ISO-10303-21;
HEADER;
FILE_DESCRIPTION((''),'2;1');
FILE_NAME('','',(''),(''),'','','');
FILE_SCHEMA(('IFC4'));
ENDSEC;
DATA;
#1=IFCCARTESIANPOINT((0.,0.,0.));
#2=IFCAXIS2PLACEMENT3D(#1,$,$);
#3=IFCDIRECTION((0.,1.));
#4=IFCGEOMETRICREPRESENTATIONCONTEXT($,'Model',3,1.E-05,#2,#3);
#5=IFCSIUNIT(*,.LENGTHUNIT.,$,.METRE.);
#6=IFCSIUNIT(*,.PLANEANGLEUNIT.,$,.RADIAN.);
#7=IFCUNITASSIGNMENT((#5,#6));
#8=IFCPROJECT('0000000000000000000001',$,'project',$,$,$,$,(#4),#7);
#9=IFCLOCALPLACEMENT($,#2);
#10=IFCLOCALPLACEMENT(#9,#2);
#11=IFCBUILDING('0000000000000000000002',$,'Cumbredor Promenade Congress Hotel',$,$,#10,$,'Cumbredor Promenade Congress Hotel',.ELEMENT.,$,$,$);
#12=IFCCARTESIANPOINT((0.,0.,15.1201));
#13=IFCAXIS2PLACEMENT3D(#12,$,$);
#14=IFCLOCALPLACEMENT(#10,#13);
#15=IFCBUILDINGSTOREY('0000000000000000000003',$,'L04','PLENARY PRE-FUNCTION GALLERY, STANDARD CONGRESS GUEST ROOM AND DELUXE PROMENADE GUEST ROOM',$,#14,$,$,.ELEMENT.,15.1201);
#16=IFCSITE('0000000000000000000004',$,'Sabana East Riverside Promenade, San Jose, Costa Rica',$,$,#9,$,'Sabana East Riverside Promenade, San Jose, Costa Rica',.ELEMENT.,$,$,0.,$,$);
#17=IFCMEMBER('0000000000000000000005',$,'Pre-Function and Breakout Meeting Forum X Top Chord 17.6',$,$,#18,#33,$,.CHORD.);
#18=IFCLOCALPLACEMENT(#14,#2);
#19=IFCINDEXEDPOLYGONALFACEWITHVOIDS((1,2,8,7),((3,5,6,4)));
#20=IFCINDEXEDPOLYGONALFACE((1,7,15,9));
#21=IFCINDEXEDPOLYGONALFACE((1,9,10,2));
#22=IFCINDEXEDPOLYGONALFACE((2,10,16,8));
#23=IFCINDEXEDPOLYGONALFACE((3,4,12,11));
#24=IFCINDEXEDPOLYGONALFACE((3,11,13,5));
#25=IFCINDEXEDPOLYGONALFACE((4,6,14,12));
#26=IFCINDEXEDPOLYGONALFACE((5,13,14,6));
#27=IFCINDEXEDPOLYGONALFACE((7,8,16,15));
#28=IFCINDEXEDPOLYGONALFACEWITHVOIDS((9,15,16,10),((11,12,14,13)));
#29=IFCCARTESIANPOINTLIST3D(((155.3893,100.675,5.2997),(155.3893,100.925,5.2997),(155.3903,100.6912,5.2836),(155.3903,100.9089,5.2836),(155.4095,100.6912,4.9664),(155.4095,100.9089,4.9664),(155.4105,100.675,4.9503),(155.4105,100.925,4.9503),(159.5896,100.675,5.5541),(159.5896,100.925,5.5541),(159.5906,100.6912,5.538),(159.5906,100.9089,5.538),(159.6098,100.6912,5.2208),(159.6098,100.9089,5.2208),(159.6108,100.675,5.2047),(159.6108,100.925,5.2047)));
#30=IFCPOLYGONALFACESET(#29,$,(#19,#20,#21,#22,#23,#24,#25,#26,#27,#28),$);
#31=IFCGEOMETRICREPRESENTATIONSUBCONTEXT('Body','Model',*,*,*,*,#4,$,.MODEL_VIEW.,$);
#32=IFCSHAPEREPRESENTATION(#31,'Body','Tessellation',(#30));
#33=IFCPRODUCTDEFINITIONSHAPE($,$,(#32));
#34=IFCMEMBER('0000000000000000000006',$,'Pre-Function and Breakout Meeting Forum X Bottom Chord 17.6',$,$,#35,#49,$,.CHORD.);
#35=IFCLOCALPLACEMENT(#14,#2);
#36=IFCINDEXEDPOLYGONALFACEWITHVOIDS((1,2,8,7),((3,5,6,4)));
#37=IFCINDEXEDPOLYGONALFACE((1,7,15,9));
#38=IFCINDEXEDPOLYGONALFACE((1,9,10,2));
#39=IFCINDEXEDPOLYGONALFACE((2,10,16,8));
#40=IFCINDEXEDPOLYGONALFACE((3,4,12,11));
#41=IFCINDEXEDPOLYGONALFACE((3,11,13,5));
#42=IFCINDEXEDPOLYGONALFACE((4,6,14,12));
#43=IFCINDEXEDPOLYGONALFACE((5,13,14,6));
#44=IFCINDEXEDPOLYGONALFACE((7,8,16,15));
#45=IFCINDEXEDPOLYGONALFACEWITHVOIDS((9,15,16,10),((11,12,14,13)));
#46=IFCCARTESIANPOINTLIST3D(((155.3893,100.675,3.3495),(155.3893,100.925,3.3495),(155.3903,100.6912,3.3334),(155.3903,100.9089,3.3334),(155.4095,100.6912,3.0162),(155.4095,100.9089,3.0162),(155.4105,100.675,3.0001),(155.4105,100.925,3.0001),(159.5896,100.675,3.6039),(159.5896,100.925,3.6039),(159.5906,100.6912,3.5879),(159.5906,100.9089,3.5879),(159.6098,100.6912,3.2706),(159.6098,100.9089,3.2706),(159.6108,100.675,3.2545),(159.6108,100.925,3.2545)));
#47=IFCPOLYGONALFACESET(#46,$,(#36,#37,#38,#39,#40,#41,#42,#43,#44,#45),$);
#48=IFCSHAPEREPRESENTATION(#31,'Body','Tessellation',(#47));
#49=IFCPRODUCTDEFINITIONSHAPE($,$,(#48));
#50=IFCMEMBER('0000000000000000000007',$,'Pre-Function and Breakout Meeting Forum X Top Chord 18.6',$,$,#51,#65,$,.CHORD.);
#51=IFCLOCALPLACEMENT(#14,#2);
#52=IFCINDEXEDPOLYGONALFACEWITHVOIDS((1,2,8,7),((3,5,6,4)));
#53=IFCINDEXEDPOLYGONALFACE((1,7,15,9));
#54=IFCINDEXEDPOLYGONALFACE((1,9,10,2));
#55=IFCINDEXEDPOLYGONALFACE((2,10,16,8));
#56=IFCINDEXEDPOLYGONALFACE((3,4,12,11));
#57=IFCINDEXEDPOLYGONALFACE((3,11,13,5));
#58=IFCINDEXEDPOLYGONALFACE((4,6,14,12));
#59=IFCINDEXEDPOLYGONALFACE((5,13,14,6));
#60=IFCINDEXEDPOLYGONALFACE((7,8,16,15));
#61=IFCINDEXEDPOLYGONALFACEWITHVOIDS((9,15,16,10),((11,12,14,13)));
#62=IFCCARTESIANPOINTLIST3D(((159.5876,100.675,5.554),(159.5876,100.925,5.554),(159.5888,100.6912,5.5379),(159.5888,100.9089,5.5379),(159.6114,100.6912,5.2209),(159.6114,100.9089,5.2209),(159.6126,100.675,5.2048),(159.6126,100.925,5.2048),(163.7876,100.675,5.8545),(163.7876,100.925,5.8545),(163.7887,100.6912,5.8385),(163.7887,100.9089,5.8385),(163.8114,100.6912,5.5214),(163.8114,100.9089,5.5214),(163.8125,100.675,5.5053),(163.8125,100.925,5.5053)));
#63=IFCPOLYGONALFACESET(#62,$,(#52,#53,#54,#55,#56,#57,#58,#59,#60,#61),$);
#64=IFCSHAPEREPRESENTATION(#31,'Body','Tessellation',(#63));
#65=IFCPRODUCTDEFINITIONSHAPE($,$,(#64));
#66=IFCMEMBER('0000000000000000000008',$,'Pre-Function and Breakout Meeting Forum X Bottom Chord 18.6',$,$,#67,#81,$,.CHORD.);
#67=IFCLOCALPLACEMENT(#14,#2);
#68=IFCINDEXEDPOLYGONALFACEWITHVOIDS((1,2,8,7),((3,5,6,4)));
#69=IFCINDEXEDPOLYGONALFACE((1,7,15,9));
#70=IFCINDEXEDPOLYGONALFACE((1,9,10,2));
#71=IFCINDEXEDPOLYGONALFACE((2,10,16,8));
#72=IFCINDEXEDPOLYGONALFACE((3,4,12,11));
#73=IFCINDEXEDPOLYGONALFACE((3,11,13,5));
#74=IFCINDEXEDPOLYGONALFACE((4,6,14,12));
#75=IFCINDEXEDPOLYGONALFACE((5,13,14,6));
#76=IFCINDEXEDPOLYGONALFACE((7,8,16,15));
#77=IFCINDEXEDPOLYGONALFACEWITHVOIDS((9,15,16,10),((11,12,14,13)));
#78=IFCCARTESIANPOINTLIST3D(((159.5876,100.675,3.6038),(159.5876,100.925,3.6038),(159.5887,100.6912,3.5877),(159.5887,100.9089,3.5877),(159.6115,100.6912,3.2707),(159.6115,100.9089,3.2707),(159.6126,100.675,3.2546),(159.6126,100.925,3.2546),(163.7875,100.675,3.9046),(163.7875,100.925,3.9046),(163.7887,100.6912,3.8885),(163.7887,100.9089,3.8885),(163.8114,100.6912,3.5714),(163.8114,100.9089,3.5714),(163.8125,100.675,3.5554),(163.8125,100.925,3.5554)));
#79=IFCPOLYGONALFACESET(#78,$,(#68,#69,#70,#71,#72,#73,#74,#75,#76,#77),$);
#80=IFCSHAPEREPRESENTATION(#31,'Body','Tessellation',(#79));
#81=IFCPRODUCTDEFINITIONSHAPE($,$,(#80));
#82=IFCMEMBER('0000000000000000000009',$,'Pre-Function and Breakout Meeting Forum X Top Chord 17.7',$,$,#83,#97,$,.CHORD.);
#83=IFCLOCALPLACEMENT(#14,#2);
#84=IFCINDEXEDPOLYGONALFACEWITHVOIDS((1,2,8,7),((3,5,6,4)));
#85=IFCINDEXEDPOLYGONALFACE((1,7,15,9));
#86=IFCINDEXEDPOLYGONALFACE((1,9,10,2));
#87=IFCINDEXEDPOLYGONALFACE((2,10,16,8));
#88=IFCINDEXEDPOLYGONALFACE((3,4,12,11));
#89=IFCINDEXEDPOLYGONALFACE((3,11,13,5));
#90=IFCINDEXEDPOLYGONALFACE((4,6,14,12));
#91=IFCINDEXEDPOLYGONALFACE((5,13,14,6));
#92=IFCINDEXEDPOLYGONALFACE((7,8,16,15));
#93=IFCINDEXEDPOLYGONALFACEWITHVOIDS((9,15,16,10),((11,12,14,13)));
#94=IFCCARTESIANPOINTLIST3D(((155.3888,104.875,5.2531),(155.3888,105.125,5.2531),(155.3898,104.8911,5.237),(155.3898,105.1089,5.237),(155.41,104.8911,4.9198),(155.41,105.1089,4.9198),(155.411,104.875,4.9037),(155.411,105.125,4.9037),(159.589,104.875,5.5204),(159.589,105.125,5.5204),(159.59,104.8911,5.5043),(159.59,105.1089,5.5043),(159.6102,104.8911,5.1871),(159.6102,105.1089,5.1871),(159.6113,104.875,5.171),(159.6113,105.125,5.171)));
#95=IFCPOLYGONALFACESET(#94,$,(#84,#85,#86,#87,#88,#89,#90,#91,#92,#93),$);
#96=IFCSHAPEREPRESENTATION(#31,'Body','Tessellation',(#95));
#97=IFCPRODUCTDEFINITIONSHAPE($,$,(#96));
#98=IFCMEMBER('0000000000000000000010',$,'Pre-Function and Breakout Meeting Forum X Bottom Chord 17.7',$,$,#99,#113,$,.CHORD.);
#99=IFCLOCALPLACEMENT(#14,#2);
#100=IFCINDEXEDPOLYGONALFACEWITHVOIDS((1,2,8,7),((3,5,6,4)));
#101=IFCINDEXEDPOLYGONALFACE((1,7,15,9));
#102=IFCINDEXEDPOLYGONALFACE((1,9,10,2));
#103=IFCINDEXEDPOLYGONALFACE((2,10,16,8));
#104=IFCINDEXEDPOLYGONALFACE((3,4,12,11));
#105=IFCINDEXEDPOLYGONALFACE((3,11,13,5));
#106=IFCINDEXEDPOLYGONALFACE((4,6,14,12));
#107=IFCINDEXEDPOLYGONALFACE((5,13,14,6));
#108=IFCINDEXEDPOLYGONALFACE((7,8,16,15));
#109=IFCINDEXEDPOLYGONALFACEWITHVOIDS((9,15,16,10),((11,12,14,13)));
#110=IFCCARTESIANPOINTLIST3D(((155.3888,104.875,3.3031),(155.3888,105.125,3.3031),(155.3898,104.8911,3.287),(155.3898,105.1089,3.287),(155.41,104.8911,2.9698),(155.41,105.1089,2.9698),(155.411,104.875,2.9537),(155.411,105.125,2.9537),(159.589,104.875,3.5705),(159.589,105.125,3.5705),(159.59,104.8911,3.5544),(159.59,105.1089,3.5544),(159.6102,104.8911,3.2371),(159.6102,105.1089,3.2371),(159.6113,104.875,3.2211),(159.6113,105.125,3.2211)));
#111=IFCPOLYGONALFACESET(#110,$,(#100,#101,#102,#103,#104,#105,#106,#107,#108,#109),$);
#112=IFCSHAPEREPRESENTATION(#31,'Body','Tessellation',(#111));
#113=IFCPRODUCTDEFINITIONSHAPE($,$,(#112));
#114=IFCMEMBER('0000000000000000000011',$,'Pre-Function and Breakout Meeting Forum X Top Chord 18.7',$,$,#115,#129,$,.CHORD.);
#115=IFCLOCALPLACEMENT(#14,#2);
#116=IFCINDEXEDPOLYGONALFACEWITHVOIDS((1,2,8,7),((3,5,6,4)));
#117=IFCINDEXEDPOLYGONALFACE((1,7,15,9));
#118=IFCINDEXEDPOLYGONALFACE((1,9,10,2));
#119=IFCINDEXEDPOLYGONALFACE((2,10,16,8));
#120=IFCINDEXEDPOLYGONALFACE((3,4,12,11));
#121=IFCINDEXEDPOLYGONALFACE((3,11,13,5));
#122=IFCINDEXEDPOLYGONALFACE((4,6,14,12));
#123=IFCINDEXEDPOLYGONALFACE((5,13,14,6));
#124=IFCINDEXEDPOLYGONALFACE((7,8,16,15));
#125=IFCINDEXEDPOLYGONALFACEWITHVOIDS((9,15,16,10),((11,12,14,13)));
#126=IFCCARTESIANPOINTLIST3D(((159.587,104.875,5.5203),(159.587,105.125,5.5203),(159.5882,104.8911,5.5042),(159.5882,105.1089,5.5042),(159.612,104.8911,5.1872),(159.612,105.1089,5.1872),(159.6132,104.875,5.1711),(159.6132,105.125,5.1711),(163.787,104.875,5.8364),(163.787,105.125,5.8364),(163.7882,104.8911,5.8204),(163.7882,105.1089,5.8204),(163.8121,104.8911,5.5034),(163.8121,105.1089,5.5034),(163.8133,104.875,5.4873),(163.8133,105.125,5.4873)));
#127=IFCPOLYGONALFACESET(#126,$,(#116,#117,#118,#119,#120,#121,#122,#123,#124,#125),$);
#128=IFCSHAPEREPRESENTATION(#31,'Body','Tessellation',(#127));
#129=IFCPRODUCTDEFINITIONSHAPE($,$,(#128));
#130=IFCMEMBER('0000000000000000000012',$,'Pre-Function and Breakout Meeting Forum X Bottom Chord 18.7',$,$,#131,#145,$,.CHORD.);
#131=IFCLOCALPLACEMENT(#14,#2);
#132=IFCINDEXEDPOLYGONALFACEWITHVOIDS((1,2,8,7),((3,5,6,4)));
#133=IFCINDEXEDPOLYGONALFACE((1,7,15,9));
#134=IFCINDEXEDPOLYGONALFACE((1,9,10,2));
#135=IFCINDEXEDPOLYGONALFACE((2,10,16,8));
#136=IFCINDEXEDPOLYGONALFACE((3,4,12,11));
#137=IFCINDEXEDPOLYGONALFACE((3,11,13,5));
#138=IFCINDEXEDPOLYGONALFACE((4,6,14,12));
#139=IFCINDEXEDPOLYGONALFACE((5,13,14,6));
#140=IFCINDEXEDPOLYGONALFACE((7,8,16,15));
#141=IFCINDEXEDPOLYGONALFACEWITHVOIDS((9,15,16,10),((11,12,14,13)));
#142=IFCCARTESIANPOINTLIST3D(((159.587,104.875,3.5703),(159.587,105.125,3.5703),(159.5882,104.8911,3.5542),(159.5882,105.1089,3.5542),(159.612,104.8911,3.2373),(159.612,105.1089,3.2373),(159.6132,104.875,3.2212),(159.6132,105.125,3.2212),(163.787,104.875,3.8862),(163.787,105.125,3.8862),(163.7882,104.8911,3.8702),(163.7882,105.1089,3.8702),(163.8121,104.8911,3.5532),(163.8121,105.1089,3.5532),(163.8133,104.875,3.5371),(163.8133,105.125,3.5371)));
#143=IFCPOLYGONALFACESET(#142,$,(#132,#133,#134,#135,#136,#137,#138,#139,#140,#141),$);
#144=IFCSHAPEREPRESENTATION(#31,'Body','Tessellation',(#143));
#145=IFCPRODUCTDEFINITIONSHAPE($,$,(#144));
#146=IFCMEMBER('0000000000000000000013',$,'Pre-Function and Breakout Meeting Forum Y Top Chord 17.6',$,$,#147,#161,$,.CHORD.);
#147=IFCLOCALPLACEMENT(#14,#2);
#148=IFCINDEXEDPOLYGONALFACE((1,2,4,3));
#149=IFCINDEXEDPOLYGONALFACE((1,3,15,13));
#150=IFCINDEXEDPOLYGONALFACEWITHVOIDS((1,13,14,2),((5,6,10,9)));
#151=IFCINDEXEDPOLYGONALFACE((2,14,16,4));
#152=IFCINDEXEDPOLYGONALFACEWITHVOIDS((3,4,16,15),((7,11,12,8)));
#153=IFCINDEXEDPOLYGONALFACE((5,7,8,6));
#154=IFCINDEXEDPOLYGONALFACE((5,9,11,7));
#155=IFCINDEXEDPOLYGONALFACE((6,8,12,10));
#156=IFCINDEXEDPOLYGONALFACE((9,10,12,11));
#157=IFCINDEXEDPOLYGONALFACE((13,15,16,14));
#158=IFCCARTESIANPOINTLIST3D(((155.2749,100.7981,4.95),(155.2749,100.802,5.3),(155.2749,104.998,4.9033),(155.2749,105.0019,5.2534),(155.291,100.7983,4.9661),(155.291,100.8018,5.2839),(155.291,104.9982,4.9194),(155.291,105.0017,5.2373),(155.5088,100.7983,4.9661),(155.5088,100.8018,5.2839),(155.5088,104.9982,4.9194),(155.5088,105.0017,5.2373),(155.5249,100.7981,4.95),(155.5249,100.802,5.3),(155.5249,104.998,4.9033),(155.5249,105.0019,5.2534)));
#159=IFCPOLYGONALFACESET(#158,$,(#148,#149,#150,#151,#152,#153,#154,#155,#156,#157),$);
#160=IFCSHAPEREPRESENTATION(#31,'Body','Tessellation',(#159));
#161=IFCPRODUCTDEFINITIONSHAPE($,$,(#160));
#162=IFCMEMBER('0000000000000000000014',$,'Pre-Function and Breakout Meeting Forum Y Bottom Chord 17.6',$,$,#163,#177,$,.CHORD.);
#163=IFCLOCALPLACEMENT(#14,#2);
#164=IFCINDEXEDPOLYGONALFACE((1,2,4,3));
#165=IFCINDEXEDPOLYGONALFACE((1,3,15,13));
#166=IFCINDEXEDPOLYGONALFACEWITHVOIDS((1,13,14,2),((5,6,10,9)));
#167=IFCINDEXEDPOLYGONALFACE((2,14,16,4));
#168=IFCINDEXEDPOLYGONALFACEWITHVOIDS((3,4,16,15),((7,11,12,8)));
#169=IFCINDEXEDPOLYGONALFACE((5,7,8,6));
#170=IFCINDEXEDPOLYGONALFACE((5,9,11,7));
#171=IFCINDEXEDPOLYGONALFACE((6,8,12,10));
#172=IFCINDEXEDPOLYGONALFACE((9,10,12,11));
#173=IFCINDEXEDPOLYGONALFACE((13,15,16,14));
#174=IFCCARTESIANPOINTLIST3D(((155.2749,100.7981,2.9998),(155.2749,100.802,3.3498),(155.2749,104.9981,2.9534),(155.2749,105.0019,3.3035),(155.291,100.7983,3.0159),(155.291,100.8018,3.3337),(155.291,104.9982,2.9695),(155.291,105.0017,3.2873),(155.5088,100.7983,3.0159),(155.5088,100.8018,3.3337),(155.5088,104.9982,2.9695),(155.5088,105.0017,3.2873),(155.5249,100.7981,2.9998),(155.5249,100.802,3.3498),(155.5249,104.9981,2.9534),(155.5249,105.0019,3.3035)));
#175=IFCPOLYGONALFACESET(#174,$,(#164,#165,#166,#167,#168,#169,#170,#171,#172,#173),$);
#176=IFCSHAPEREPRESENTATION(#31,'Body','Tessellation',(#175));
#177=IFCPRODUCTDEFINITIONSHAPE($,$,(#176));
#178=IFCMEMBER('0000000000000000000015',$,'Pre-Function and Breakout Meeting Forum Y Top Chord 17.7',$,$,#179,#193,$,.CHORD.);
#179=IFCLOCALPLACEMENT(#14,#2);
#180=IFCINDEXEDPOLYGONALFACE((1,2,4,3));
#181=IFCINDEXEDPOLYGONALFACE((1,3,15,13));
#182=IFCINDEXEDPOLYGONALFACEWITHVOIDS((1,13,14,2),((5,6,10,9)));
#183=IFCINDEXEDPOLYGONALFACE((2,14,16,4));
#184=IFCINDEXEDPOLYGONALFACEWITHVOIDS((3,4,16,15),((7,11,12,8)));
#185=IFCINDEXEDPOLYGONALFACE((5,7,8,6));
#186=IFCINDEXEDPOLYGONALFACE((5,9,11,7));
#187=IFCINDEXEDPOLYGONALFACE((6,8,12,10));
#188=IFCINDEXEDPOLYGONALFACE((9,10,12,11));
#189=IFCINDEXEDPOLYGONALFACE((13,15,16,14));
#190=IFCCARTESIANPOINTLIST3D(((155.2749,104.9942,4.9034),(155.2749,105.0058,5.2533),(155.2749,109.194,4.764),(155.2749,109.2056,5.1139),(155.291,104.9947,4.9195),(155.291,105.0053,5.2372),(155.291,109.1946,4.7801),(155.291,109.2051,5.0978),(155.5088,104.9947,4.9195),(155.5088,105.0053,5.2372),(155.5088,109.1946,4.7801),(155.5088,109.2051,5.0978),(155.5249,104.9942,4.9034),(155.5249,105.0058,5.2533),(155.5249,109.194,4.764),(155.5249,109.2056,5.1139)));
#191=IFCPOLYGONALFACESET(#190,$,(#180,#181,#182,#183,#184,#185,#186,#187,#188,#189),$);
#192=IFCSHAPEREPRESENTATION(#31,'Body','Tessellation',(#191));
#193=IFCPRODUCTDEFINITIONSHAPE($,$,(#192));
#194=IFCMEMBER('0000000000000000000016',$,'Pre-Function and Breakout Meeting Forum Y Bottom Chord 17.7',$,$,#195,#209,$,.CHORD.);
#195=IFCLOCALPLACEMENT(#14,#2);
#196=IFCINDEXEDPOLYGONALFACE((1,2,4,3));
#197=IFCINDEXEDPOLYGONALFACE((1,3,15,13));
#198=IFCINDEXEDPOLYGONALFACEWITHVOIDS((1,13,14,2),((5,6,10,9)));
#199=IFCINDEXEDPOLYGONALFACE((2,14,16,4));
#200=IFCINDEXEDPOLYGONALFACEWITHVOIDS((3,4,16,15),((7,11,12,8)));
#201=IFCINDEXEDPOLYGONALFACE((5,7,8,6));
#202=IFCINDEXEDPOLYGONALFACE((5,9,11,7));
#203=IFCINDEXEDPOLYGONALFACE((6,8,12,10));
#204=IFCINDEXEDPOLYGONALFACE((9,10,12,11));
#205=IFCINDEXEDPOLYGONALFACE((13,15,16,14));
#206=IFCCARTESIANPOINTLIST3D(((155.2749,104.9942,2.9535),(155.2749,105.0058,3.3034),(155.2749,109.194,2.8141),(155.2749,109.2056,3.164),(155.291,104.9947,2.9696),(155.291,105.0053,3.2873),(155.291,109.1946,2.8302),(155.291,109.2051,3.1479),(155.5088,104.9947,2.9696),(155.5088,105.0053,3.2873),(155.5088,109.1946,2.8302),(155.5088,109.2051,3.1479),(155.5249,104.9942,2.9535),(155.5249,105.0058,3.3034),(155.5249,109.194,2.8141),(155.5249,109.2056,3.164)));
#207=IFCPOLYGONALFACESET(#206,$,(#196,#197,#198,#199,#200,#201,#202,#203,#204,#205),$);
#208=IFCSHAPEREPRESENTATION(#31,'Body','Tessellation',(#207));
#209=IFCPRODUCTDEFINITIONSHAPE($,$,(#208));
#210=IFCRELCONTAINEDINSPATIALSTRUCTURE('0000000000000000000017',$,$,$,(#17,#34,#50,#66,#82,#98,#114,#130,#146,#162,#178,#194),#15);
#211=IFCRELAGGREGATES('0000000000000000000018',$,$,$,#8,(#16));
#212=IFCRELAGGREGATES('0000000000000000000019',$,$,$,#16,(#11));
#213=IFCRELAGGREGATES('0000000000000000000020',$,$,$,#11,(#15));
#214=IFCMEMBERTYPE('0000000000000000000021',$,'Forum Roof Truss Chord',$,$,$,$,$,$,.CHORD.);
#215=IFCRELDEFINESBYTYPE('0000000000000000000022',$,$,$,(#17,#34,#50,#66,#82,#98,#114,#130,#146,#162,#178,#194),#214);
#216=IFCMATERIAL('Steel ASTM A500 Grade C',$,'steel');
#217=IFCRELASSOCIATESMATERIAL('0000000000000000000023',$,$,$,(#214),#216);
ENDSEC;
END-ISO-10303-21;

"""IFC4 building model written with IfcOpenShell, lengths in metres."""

from ifc_helpers import new_model, si_unit, direction, frame, origin, origin_2d, place, context, subcontext, project, spatial, hollow_rectangle, extrude, material, material_profile, profile_set, type_object, element, save


model = new_model("IFC4")

# Units and contexts
model_context = context("Model", 3, precision=1e-05, world=origin(), true_north=direction((0.0, 1.0)))
body_context = subcontext(model_context, "Body", "Model", "MODEL_VIEW")
ifc_project = project(units=[si_unit("LENGTHUNIT", "METRE"), si_unit("PLANEANGLEUNIT", "RADIAN")], contexts=[model_context])

# Site, building, storey
site_placement = place(None, origin())
site = spatial("IfcSite", under=ifc_project, at=site_placement, Name="Sabana East Riverside Promenade, San Jose, Costa Rica", LongName="Sabana East Riverside Promenade, San Jose, Costa Rica", CompositionType="ELEMENT", RefElevation=0.0)
building_placement = place(site_placement, origin())
building = spatial("IfcBuilding", under=site, at=building_placement, Name="Cumbredor Promenade Congress Hotel", LongName="Cumbredor Promenade Congress Hotel", CompositionType="ELEMENT")
storey_placement = place(building_placement, frame((0.0, 0.0, 15.1201)))
storey = spatial("IfcBuildingStorey", under=building, at=storey_placement, Name="L04", Description="PLENARY PRE-FUNCTION GALLERY, STANDARD CONGRESS GUEST ROOM AND DELUXE PROMENADE GUEST ROOM", CompositionType="ELEMENT", Elevation=15.1201)

# Members
ifc_material_1 = material(Name="Steel ASTM A500 Grade C", Category="steel")
ifc_material_profile_1 = material_profile(ifc_material_1, hollow_rectangle(XDim=0.25, YDim=0.3501, WallThickness=0.0161, at=origin_2d()), Name="HSS 350x250x16")
ifc_profile_set_1 = profile_set([ifc_material_profile_1], Name="Steel ASTM A500 Grade C")
member_type_1 = type_object("IfcMemberType", Name="Forum Roof Truss Chord", PredefinedType="CHORD", material=ifc_profile_set_1)
for number, where, z_axis, x_axis, name in (
    (1, (155.3999, 100.8, 5.125), (0.998171, 0.0, 0.060457), (0.0, 1.0, 0.0), "Pre-Function and Breakout Meeting Forum X Top Chord 17.6"),
    (2, (155.3999, 100.8, 3.1748), (0.998171, 0.0, 0.060457), (0.0, 1.0, 0.0), "Pre-Function and Breakout Meeting Forum X Bottom Chord 17.6"),
):
    element("IfcMember", number, at=place(storey_placement, frame(where, z_axis=z_axis, x_axis=x_axis)), inside=storey, type_object=member_type_1, Name=name, PredefinedType="CHORD", context=body_context, shape_type="SweptSolid", body=[
        extrude(hollow_rectangle(XDim=0.25, YDim=0.3501, WallThickness=0.0161, at=origin_2d()), origin(), (0.0, 0.0, 1.0), 4.208),
    ])
for number, where, z_axis, x_axis, name in (
    (3, (159.6001, 100.8, 5.3794), (0.99745, 0.0, 0.071375), (0.0, 1.0, 0.0), "Pre-Function and Breakout Meeting Forum X Top Chord 18.6"),
    (4, (159.6001, 100.8, 3.4292), (0.997445, 0.0, 0.071432), (0.0, 1.0, 0.0), "Pre-Function and Breakout Meeting Forum X Bottom Chord 18.6"),
):
    element("IfcMember", number, at=place(storey_placement, frame(where, z_axis=z_axis, x_axis=x_axis)), inside=storey, type_object=member_type_1, Name=name, PredefinedType="CHORD", context=body_context, shape_type="SweptSolid", body=[
        extrude(hollow_rectangle(XDim=0.25, YDim=0.3501, WallThickness=0.0161, at=origin_2d()), origin(), (0.0, 0.0, 1.0), 4.2107),
    ])
for number, where, z_axis, x_axis, name in (
    (5, (155.3999, 105.0, 5.0784), (0.997981, 0.0, 0.063519), (0.0, 1.0, 0.0), "Pre-Function and Breakout Meeting Forum X Top Chord 17.7"),
    (6, (155.3999, 105.0, 3.1284), (0.997981, 0.0, 0.063519), (0.0, 1.0, 0.0), "Pre-Function and Breakout Meeting Forum X Bottom Chord 17.7"),
):
    element("IfcMember", number, at=place(storey_placement, frame(where, z_axis=z_axis, x_axis=x_axis)), inside=storey, type_object=member_type_1, Name=name, PredefinedType="CHORD", context=body_context, shape_type="SweptSolid", body=[
        extrude(hollow_rectangle(XDim=0.25, YDim=0.3501, WallThickness=0.0161, at=origin_2d()), origin(), (0.0, 0.0, 1.0), 4.2087),
    ])
for number, where, z_axis, x_axis, name in (
    (7, (159.6001, 105.0, 5.3457), (0.997179, 0.0, 0.075065), (0.0, 1.0, 0.0), "Pre-Function and Breakout Meeting Forum X Top Chord 18.7"),
    (8, (159.6001, 105.0, 3.3958), (0.997183, 0.0, 0.075008), (0.0, 1.0, 0.0), "Pre-Function and Breakout Meeting Forum X Bottom Chord 18.7"),
):
    element("IfcMember", number, at=place(storey_placement, frame(where, z_axis=z_axis, x_axis=x_axis)), inside=storey, type_object=member_type_1, Name=name, PredefinedType="CHORD", context=body_context, shape_type="SweptSolid", body=[
        extrude(hollow_rectangle(XDim=0.25, YDim=0.3501, WallThickness=0.0161, at=origin_2d()), origin(), (0.0, 0.0, 1.0), 4.2119),
    ])
for number, where, z_axis, x_axis, name in (
    (9, (155.3999, 100.8, 5.125), (0.0, 0.999938, -0.011102), (-1.0, 0.0, 0.0), "Pre-Function and Breakout Meeting Forum Y Top Chord 17.6"),
    (10, (155.3999, 100.8, 3.1748), (0.0, 0.999939, -0.011044), (-1.0, 0.0, 0.0), "Pre-Function and Breakout Meeting Forum Y Bottom Chord 17.6"),
):
    element("IfcMember", number, at=place(storey_placement, frame(where, z_axis=z_axis, x_axis=x_axis)), inside=storey, type_object=member_type_1, Name=name, PredefinedType="CHORD", context=body_context, shape_type="SweptSolid", body=[
        extrude(hollow_rectangle(XDim=0.25, YDim=0.3501, WallThickness=0.0161, at=origin_2d()), origin(), (0.0, 0.0, 1.0), 4.2002),
    ])
for number, where, z_axis, x_axis, name in (
    (11, (155.3999, 105.0, 5.0784), (0.0, 0.99945, -0.033174), (-1.0, 0.0, 0.0), "Pre-Function and Breakout Meeting Forum Y Top Chord 17.7"),
    (12, (155.3999, 105.0, 3.1284), (0.0, 0.99945, -0.033174), (-1.0, 0.0, 0.0), "Pre-Function and Breakout Meeting Forum Y Bottom Chord 17.7"),
):
    element("IfcMember", number, at=place(storey_placement, frame(where, z_axis=z_axis, x_axis=x_axis)), inside=storey, type_object=member_type_1, Name=name, PredefinedType="CHORD", context=body_context, shape_type="SweptSolid", body=[
        extrude(hollow_rectangle(XDim=0.25, YDim=0.3501, WallThickness=0.0161, at=origin_2d()), origin(), (0.0, 0.0, 1.0), 4.2021),
    ])

save(model, "model.ifc")
